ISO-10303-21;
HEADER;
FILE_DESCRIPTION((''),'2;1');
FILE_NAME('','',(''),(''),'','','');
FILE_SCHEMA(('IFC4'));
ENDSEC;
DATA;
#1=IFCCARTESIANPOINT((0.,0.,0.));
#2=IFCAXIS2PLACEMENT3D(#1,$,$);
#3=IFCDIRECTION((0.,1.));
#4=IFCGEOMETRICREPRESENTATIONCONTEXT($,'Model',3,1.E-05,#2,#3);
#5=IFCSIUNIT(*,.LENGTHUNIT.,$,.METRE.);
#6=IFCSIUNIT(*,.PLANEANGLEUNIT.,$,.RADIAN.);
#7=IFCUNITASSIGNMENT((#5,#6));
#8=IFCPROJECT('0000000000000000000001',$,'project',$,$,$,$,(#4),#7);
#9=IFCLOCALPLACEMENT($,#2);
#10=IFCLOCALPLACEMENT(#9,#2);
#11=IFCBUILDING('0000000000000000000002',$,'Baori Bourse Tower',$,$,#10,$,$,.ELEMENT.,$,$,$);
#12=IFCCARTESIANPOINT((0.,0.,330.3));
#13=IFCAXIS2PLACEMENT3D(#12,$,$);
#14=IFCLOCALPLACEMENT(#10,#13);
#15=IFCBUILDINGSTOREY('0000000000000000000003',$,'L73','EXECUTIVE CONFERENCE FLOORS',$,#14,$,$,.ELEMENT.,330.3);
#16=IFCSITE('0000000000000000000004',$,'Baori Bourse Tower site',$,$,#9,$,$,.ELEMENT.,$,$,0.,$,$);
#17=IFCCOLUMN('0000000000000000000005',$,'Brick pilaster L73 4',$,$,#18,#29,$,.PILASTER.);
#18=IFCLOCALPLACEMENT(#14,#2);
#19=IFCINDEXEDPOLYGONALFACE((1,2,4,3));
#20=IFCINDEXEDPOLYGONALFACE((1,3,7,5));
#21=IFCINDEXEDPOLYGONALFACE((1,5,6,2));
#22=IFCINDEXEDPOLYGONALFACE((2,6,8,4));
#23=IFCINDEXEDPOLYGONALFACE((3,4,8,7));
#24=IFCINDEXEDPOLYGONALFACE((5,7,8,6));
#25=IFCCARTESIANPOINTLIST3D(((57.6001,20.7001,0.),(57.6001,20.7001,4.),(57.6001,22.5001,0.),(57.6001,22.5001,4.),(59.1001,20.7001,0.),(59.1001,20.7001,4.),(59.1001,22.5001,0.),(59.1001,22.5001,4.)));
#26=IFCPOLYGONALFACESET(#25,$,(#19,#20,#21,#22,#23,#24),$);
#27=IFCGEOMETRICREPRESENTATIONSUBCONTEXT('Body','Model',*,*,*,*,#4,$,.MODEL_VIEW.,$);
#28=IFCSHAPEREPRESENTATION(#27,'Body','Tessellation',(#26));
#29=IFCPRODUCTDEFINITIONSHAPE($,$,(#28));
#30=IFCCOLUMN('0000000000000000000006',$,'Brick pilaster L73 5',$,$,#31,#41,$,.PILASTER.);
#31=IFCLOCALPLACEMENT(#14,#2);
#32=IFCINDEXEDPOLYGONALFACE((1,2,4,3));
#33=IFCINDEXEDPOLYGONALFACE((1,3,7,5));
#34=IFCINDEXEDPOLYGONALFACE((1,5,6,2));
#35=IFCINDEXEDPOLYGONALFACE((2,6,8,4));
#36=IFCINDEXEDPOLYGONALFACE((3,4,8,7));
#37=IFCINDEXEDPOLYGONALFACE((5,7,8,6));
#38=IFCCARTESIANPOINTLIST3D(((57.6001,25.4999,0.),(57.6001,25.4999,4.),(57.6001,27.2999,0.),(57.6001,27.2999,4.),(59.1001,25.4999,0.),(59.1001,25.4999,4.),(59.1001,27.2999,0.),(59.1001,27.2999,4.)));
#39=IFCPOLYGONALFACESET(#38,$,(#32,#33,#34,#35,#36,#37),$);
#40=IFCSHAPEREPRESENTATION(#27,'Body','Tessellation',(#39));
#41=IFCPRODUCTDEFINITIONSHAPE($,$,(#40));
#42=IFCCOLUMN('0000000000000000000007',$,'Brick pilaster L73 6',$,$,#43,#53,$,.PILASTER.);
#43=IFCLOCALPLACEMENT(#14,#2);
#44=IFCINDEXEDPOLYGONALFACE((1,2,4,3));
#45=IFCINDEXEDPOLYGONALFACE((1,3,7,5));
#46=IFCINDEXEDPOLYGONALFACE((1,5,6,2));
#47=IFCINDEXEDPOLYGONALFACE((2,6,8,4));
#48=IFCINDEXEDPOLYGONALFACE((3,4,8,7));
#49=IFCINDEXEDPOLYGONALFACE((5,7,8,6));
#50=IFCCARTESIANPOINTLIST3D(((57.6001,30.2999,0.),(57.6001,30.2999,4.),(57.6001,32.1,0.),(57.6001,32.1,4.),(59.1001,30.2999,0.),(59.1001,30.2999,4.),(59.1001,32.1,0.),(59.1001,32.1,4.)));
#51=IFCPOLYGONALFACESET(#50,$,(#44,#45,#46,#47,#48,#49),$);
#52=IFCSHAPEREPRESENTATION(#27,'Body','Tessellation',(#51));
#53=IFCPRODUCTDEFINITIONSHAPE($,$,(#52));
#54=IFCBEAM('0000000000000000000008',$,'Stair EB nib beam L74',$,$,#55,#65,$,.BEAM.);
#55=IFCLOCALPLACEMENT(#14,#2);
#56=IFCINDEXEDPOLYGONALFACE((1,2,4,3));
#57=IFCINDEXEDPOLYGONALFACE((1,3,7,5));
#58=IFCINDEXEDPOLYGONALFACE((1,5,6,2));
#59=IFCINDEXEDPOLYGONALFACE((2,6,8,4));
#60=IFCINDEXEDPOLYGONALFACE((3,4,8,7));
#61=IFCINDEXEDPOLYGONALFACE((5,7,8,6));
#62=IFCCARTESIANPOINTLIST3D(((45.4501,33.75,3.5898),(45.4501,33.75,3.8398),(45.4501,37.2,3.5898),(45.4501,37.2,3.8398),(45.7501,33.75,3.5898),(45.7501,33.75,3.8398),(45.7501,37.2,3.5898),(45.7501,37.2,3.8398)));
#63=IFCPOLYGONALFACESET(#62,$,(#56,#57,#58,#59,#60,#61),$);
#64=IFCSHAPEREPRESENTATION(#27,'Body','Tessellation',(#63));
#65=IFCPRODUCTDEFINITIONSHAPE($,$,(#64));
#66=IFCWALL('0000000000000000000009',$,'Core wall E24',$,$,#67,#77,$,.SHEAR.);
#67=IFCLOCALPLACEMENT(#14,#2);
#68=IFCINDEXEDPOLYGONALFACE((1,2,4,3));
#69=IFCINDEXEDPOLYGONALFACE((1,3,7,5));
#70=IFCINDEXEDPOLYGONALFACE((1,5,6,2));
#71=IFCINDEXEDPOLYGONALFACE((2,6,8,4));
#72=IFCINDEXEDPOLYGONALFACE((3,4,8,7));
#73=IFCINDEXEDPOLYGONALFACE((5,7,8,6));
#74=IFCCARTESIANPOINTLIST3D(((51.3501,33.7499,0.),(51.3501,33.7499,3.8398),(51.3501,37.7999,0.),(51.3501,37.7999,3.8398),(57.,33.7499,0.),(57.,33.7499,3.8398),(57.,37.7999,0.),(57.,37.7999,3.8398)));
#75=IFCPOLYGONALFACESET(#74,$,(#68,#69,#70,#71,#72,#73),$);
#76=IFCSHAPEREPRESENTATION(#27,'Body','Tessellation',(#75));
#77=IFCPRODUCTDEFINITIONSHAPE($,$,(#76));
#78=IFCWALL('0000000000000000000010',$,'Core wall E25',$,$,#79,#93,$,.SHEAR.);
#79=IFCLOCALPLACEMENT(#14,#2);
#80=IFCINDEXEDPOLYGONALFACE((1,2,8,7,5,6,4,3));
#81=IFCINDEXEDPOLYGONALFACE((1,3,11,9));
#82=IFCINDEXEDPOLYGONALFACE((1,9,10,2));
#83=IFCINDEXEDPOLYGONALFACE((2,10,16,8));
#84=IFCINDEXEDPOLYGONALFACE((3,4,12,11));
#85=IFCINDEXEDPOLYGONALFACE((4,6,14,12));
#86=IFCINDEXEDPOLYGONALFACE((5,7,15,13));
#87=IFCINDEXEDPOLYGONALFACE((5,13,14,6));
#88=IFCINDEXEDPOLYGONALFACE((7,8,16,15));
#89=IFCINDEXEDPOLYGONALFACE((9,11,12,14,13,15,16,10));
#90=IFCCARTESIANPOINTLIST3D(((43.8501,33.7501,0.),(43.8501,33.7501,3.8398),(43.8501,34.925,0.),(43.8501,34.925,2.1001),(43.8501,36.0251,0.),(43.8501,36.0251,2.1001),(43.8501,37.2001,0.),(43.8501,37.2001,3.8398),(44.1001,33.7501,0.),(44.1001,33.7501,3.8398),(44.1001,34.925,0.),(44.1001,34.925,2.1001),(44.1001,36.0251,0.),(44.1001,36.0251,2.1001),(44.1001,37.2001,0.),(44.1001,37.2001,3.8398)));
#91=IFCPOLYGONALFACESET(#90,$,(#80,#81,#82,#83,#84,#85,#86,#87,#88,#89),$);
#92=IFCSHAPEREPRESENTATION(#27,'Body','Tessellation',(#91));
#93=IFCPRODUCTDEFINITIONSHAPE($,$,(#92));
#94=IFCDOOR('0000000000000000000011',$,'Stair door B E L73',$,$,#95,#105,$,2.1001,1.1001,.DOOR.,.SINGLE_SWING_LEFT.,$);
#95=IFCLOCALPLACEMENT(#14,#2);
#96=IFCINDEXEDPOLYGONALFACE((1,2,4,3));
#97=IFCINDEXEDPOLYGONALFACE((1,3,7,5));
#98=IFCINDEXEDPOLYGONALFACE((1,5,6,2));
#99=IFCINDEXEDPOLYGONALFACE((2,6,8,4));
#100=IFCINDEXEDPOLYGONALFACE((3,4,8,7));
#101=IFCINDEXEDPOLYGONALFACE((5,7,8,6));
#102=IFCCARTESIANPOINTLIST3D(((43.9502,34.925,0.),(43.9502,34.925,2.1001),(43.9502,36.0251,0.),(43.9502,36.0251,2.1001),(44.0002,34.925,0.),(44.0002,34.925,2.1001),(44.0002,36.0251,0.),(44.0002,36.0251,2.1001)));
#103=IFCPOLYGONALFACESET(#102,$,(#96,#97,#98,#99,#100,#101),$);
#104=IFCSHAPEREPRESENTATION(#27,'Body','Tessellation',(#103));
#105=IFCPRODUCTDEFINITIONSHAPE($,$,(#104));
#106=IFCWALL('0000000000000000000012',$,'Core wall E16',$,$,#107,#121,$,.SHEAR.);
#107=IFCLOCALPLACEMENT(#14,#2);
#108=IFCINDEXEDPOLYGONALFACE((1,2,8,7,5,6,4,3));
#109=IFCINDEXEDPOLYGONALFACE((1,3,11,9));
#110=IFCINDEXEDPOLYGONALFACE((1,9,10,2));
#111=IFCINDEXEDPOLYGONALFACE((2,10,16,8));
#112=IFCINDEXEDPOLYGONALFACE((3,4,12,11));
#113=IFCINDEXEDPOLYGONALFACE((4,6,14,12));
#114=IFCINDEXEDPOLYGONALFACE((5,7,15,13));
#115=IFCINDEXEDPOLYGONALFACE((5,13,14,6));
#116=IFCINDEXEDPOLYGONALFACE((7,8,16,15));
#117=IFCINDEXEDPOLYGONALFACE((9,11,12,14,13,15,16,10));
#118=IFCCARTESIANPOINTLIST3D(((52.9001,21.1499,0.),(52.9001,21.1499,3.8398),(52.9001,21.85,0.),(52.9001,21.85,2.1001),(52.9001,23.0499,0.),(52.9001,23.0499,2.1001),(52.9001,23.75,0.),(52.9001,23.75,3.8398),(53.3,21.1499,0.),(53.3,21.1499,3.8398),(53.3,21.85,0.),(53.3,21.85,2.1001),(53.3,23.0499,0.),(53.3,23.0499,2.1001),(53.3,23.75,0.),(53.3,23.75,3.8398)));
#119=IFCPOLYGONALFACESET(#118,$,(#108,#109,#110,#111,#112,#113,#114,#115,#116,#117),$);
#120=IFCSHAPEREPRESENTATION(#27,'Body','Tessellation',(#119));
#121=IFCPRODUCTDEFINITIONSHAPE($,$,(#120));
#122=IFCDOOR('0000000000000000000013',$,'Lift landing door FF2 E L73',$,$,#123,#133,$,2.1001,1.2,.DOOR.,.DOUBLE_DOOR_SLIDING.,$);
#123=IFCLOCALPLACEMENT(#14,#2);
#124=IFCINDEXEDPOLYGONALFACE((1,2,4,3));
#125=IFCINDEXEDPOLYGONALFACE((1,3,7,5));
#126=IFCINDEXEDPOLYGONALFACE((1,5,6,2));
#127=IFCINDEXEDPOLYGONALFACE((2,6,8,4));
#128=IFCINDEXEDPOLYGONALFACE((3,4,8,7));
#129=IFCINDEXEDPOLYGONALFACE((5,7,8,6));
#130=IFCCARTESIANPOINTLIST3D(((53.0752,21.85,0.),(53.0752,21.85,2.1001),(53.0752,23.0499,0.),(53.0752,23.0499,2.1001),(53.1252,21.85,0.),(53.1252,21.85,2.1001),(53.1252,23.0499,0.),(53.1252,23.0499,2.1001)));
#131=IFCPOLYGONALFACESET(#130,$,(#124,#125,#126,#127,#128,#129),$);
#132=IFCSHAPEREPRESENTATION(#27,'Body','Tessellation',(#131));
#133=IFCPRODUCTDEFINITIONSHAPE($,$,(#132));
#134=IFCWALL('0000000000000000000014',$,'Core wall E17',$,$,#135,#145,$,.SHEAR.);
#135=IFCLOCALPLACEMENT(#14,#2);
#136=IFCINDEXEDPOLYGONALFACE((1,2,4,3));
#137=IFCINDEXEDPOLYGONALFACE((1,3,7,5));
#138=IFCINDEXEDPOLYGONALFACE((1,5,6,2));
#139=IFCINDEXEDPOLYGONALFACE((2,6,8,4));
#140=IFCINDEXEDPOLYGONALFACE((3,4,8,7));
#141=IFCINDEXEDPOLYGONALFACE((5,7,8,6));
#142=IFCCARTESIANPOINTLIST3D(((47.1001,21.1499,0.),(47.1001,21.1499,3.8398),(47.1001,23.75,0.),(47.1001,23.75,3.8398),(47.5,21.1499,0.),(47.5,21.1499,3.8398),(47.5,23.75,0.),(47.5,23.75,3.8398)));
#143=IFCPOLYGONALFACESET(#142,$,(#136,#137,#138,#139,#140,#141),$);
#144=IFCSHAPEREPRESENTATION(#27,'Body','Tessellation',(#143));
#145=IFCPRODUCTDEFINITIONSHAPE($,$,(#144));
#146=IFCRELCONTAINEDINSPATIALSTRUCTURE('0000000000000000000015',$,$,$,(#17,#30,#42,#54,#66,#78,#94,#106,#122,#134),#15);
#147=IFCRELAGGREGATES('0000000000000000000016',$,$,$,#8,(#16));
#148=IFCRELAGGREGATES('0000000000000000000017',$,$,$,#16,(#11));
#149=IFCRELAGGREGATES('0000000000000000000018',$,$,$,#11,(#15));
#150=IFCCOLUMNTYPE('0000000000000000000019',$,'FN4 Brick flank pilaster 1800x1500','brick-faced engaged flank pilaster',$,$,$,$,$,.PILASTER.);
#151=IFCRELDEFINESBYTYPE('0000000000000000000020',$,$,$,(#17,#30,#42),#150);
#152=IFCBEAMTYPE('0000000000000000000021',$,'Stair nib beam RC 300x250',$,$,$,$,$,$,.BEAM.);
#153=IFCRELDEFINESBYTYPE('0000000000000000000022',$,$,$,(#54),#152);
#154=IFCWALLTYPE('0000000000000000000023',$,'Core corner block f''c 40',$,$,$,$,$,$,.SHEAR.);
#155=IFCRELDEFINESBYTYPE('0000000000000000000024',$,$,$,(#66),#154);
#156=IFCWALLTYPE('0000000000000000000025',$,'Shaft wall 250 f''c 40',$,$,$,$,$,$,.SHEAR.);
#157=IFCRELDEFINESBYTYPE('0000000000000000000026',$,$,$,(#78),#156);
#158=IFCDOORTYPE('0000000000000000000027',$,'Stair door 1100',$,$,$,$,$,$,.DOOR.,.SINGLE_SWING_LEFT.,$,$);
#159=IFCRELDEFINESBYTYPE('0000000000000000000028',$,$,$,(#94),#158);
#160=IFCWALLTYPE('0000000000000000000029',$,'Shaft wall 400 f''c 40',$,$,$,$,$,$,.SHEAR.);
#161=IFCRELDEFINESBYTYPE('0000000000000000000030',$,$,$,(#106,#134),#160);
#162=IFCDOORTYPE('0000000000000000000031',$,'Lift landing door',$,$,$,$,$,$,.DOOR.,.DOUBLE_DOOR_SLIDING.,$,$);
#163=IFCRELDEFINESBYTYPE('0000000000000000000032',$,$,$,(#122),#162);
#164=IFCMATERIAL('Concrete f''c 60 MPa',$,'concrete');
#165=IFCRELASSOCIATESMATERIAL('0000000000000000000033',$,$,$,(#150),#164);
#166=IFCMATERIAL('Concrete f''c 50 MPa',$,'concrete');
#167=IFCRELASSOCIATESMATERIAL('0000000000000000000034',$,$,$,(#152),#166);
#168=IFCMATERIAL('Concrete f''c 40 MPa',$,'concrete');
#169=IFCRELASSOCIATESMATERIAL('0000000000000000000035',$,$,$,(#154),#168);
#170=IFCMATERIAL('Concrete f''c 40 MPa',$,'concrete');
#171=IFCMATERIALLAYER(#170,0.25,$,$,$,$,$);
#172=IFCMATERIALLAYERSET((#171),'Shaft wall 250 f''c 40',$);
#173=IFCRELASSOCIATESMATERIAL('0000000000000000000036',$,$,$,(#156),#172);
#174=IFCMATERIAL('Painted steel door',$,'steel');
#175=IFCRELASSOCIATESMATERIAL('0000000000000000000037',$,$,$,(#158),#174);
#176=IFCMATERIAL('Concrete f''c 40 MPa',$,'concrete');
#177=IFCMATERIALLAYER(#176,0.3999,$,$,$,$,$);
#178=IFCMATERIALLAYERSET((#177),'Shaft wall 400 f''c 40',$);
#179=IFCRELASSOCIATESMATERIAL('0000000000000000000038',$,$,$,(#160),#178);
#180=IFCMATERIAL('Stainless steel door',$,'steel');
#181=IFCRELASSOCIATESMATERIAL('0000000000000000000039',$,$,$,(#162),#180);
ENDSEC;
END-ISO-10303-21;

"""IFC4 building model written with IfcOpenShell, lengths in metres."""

from ifc_helpers import new_model, si_unit, direction, frame, frame_2d, origin, origin_2d, place, context, subcontext, project, spatial, rectangle, extrude, material, layer, layer_set, material_profile, profile_set, type_object, element, fill, save


model = new_model("IFC4")

# Units and contexts
model_context = context("Model", 3, precision=1e-05, world=origin(), true_north=direction((0.0, 1.0)))
body_context = subcontext(model_context, "Body", "Model", "MODEL_VIEW")
ifc_project = project(units=[si_unit("LENGTHUNIT", "METRE"), si_unit("PLANEANGLEUNIT", "RADIAN")], contexts=[model_context])

# Site, building, storey
site_placement = place(None, origin())
site = spatial("IfcSite", under=ifc_project, at=site_placement, Name="Baori Bourse Tower site", CompositionType="ELEMENT", RefElevation=0.0)
building_placement = place(site_placement, origin())
building = spatial("IfcBuilding", under=site, at=building_placement, Name="Baori Bourse Tower", CompositionType="ELEMENT")
storey_placement = place(building_placement, frame((0.0, 0.0, 330.3)))
storey = spatial("IfcBuildingStorey", under=building, at=storey_placement, Name="L73", Description="EXECUTIVE CONFERENCE FLOORS", CompositionType="ELEMENT", Elevation=330.3)

# Columns
ifc_material_1 = material(Name="Concrete f'c 60 MPa", Category="concrete")
ifc_material_profile_1 = material_profile(ifc_material_1, rectangle(XDim=1.8, YDim=1.5, at=origin_2d()), Name="RC 1800x1500")
ifc_profile_set_1 = profile_set([ifc_material_profile_1], Name="Concrete f'c 60 MPa")
column_type = type_object("IfcColumnType", Name="FN4 Brick flank pilaster 1800x1500", Description="brick-faced engaged flank pilaster", PredefinedType="PILASTER", material=ifc_profile_set_1)
for number, where, z_axis, x_axis, name in (
    (1, (58.3501, 21.6001, 0.0), (0.0, 0.0, 1.0), (0.0, 1.0, 0.0), "Brick pilaster L73 4"),
    (2, (58.3501, 26.3999, 0.0), (0.0, 0.0, 1.0), (0.0, 1.0, 0.0), "Brick pilaster L73 5"),
    (3, (58.3501, 31.2, 0.0), (0.0, 0.0, 1.0), (0.0, 1.0, 0.0), "Brick pilaster L73 6"),
):
    element("IfcColumn", number, at=place(storey_placement, frame(where, z_axis=z_axis, x_axis=x_axis)), inside=storey, type_object=column_type, Name=name, PredefinedType="PILASTER", context=body_context, shape_type="SweptSolid", body=[
        extrude(rectangle(XDim=1.8, YDim=1.5, at=origin_2d()), origin(), (0.0, 0.0, 1.0), 4.0),
    ])

# Beam
ifc_material_2 = material(Name="Concrete f'c 50 MPa", Category="concrete")
ifc_material_profile_2 = material_profile(ifc_material_2, rectangle(XDim=0.3, YDim=0.25, at=origin_2d()), Name="RC 300x250")
ifc_profile_set_2 = profile_set([ifc_material_profile_2], Name="Concrete f'c 50 MPa")
beam_type = type_object("IfcBeamType", Name="Stair nib beam RC 300x250", PredefinedType="BEAM", material=ifc_profile_set_2)
beam_placement = place(storey_placement, frame((45.6001, 33.75, 3.7148), z_axis=(0.0, 1.0, 0.0), x_axis=(-1.0, 0.0, 0.0)))
element("IfcBeam", 4, at=beam_placement, inside=storey, type_object=beam_type, Name="Stair EB nib beam L74", PredefinedType="BEAM", context=body_context, shape_type="SweptSolid", body=[
    extrude(rectangle(XDim=0.3, YDim=0.25, at=origin_2d()), origin(), (0.0, 0.0, 1.0), 3.45),
])

# Wall
ifc_material_3 = material(Name="Concrete f'c 40 MPa", Category="concrete")
wall_type_1 = type_object("IfcWallType", Name="Core corner block f'c 40", PredefinedType="SHEAR", material=ifc_material_3)
wall_1_placement = place(storey_placement, frame((51.3501, 35.7749, 0.0), z_axis=(0.0, 0.0, 1.0), x_axis=(1.0, 0.0, 0.0)))
element("IfcWall", 5, at=wall_1_placement, inside=storey, type_object=wall_type_1, Name="Core wall E24", PredefinedType="SHEAR", context=body_context, shape_type="SweptSolid", body=[
    extrude(rectangle(XDim=5.6499, YDim=4.05, at=frame_2d((2.825, 0.0))), origin(), (0.0, 0.0, 1.0), 3.8398),
])

# Walls, openings, doors
ifc_material_4 = material(Name="Concrete f'c 40 MPa", Category="concrete")
ifc_layer_1 = layer(ifc_material_4, 0.25)
ifc_layer_set_1 = layer_set([ifc_layer_1], Name="Shaft wall 250 f'c 40")
wall_type_2 = type_object("IfcWallType", Name="Shaft wall 250 f'c 40", PredefinedType="SHEAR", material=ifc_layer_set_1)
wall_2_placement = place(storey_placement, frame((43.9751, 33.75, 0.0), z_axis=(0.0, 0.0, 1.0), x_axis=(0.0, 1.0, 0.0)))
wall_2 = element("IfcWall", 6, at=wall_2_placement, inside=storey, type_object=wall_type_2, Name="Core wall E25", PredefinedType="SHEAR", context=body_context, shape_type="SweptSolid", body=[
    extrude(rectangle(XDim=3.45, YDim=0.25, at=frame_2d((1.7251, 0.0))), origin(), (0.0, 0.0, 1.0), 3.8398),
])
opening_1_placement = place(wall_2_placement, frame((1.175, 0.0, 0.0)))
opening_1 = element("IfcOpeningElement", 7, at=opening_1_placement, cuts=wall_2, PredefinedType="OPENING", context=body_context, shape_type="SweptSolid", body=[
    extrude(rectangle(XDim=1.1001, YDim=2.1001, at=frame_2d((0.55, 1.05))), frame((0.0, 0.135, 0.0), z_axis=(0.0, -1.0, 0.0), x_axis=(1.0, 0.0, 0.0)), (0.0, 0.0, 1.0), 0.27),
])
ifc_material_5 = material(Name="Painted steel door", Category="steel")
door_type_1 = type_object("IfcDoorType", Name="Stair door 1100", OperationType="SINGLE_SWING_LEFT", PredefinedType="DOOR", material=ifc_material_5)
door_1_placement = place(opening_1_placement, origin())
door_1 = element("IfcDoor", 8, at=door_1_placement, inside=storey, type_object=door_type_1, Name="Stair door B E L73", OperationType="SINGLE_SWING_LEFT", OverallHeight=2.1001, OverallWidth=1.1001, PredefinedType="DOOR", context=body_context, shape_type="SweptSolid", body=[
    extrude(rectangle(XDim=1.1001, YDim=2.1001, at=frame_2d((0.55, 1.05))), frame((0.0, 0.0249, 0.0), z_axis=(0.0, -1.0, 0.0), x_axis=(1.0, 0.0, 0.0)), (0.0, 0.0, 1.0), 0.05),
])
fill(opening_1, door_1)
ifc_material_6 = material(Name="Concrete f'c 40 MPa", Category="concrete")
ifc_layer_2 = layer(ifc_material_6, 0.3999)
ifc_layer_set_2 = layer_set([ifc_layer_2], Name="Shaft wall 400 f'c 40")
wall_type_3 = type_object("IfcWallType", Name="Shaft wall 400 f'c 40", PredefinedType="SHEAR", material=ifc_layer_set_2)
wall_3_placement = place(storey_placement, frame((53.1001, 21.1499, 0.0), z_axis=(0.0, 0.0, 1.0), x_axis=(0.0, 1.0, 0.0)))
wall_3 = element("IfcWall", 9, at=wall_3_placement, inside=storey, type_object=wall_type_3, Name="Core wall E16", PredefinedType="SHEAR", context=body_context, shape_type="SweptSolid", body=[
    extrude(rectangle(XDim=2.6001, YDim=0.3999, at=frame_2d((1.3, 0.0))), origin(), (0.0, 0.0, 1.0), 3.8398),
])
opening_2_placement = place(wall_3_placement, frame((0.7, 0.0, 0.0)))
opening_2 = element("IfcOpeningElement", 10, at=opening_2_placement, cuts=wall_3, PredefinedType="OPENING", context=body_context, shape_type="SweptSolid", body=[
    extrude(rectangle(XDim=1.2, YDim=2.1001, at=frame_2d((0.6001, 1.05))), frame((0.0, 0.21, 0.0), z_axis=(0.0, -1.0, 0.0), x_axis=(1.0, 0.0, 0.0)), (0.0, 0.0, 1.0), 0.4199),
])
ifc_material_7 = material(Name="Stainless steel door", Category="steel")
door_type_2 = type_object("IfcDoorType", Name="Lift landing door", OperationType="DOUBLE_DOOR_SLIDING", PredefinedType="DOOR", material=ifc_material_7)
door_2_placement = place(opening_2_placement, origin())
door_2 = element("IfcDoor", 11, at=door_2_placement, inside=storey, type_object=door_type_2, Name="Lift landing door FF2 E L73", OperationType="DOUBLE_DOOR_SLIDING", OverallHeight=2.1001, OverallWidth=1.2, PredefinedType="DOOR", context=body_context, shape_type="SweptSolid", body=[
    extrude(rectangle(XDim=1.2, YDim=2.1001, at=frame_2d((0.6001, 1.05))), frame((0.0, 0.0249, 0.0), z_axis=(0.0, -1.0, 0.0), x_axis=(1.0, 0.0, 0.0)), (0.0, 0.0, 1.0), 0.05),
])
fill(opening_2, door_2)

# Wall
wall_4_placement = place(storey_placement, frame((47.3, 21.1499, 0.0), z_axis=(0.0, 0.0, 1.0), x_axis=(0.0, 1.0, 0.0)))
element("IfcWall", 12, at=wall_4_placement, inside=storey, type_object=wall_type_3, Name="Core wall E17", PredefinedType="SHEAR", context=body_context, shape_type="SweptSolid", body=[
    extrude(rectangle(XDim=2.6001, YDim=0.3999, at=frame_2d((1.3, 0.0))), origin(), (0.0, 0.0, 1.0), 3.8398),
])

save(model, "model.ifc")
